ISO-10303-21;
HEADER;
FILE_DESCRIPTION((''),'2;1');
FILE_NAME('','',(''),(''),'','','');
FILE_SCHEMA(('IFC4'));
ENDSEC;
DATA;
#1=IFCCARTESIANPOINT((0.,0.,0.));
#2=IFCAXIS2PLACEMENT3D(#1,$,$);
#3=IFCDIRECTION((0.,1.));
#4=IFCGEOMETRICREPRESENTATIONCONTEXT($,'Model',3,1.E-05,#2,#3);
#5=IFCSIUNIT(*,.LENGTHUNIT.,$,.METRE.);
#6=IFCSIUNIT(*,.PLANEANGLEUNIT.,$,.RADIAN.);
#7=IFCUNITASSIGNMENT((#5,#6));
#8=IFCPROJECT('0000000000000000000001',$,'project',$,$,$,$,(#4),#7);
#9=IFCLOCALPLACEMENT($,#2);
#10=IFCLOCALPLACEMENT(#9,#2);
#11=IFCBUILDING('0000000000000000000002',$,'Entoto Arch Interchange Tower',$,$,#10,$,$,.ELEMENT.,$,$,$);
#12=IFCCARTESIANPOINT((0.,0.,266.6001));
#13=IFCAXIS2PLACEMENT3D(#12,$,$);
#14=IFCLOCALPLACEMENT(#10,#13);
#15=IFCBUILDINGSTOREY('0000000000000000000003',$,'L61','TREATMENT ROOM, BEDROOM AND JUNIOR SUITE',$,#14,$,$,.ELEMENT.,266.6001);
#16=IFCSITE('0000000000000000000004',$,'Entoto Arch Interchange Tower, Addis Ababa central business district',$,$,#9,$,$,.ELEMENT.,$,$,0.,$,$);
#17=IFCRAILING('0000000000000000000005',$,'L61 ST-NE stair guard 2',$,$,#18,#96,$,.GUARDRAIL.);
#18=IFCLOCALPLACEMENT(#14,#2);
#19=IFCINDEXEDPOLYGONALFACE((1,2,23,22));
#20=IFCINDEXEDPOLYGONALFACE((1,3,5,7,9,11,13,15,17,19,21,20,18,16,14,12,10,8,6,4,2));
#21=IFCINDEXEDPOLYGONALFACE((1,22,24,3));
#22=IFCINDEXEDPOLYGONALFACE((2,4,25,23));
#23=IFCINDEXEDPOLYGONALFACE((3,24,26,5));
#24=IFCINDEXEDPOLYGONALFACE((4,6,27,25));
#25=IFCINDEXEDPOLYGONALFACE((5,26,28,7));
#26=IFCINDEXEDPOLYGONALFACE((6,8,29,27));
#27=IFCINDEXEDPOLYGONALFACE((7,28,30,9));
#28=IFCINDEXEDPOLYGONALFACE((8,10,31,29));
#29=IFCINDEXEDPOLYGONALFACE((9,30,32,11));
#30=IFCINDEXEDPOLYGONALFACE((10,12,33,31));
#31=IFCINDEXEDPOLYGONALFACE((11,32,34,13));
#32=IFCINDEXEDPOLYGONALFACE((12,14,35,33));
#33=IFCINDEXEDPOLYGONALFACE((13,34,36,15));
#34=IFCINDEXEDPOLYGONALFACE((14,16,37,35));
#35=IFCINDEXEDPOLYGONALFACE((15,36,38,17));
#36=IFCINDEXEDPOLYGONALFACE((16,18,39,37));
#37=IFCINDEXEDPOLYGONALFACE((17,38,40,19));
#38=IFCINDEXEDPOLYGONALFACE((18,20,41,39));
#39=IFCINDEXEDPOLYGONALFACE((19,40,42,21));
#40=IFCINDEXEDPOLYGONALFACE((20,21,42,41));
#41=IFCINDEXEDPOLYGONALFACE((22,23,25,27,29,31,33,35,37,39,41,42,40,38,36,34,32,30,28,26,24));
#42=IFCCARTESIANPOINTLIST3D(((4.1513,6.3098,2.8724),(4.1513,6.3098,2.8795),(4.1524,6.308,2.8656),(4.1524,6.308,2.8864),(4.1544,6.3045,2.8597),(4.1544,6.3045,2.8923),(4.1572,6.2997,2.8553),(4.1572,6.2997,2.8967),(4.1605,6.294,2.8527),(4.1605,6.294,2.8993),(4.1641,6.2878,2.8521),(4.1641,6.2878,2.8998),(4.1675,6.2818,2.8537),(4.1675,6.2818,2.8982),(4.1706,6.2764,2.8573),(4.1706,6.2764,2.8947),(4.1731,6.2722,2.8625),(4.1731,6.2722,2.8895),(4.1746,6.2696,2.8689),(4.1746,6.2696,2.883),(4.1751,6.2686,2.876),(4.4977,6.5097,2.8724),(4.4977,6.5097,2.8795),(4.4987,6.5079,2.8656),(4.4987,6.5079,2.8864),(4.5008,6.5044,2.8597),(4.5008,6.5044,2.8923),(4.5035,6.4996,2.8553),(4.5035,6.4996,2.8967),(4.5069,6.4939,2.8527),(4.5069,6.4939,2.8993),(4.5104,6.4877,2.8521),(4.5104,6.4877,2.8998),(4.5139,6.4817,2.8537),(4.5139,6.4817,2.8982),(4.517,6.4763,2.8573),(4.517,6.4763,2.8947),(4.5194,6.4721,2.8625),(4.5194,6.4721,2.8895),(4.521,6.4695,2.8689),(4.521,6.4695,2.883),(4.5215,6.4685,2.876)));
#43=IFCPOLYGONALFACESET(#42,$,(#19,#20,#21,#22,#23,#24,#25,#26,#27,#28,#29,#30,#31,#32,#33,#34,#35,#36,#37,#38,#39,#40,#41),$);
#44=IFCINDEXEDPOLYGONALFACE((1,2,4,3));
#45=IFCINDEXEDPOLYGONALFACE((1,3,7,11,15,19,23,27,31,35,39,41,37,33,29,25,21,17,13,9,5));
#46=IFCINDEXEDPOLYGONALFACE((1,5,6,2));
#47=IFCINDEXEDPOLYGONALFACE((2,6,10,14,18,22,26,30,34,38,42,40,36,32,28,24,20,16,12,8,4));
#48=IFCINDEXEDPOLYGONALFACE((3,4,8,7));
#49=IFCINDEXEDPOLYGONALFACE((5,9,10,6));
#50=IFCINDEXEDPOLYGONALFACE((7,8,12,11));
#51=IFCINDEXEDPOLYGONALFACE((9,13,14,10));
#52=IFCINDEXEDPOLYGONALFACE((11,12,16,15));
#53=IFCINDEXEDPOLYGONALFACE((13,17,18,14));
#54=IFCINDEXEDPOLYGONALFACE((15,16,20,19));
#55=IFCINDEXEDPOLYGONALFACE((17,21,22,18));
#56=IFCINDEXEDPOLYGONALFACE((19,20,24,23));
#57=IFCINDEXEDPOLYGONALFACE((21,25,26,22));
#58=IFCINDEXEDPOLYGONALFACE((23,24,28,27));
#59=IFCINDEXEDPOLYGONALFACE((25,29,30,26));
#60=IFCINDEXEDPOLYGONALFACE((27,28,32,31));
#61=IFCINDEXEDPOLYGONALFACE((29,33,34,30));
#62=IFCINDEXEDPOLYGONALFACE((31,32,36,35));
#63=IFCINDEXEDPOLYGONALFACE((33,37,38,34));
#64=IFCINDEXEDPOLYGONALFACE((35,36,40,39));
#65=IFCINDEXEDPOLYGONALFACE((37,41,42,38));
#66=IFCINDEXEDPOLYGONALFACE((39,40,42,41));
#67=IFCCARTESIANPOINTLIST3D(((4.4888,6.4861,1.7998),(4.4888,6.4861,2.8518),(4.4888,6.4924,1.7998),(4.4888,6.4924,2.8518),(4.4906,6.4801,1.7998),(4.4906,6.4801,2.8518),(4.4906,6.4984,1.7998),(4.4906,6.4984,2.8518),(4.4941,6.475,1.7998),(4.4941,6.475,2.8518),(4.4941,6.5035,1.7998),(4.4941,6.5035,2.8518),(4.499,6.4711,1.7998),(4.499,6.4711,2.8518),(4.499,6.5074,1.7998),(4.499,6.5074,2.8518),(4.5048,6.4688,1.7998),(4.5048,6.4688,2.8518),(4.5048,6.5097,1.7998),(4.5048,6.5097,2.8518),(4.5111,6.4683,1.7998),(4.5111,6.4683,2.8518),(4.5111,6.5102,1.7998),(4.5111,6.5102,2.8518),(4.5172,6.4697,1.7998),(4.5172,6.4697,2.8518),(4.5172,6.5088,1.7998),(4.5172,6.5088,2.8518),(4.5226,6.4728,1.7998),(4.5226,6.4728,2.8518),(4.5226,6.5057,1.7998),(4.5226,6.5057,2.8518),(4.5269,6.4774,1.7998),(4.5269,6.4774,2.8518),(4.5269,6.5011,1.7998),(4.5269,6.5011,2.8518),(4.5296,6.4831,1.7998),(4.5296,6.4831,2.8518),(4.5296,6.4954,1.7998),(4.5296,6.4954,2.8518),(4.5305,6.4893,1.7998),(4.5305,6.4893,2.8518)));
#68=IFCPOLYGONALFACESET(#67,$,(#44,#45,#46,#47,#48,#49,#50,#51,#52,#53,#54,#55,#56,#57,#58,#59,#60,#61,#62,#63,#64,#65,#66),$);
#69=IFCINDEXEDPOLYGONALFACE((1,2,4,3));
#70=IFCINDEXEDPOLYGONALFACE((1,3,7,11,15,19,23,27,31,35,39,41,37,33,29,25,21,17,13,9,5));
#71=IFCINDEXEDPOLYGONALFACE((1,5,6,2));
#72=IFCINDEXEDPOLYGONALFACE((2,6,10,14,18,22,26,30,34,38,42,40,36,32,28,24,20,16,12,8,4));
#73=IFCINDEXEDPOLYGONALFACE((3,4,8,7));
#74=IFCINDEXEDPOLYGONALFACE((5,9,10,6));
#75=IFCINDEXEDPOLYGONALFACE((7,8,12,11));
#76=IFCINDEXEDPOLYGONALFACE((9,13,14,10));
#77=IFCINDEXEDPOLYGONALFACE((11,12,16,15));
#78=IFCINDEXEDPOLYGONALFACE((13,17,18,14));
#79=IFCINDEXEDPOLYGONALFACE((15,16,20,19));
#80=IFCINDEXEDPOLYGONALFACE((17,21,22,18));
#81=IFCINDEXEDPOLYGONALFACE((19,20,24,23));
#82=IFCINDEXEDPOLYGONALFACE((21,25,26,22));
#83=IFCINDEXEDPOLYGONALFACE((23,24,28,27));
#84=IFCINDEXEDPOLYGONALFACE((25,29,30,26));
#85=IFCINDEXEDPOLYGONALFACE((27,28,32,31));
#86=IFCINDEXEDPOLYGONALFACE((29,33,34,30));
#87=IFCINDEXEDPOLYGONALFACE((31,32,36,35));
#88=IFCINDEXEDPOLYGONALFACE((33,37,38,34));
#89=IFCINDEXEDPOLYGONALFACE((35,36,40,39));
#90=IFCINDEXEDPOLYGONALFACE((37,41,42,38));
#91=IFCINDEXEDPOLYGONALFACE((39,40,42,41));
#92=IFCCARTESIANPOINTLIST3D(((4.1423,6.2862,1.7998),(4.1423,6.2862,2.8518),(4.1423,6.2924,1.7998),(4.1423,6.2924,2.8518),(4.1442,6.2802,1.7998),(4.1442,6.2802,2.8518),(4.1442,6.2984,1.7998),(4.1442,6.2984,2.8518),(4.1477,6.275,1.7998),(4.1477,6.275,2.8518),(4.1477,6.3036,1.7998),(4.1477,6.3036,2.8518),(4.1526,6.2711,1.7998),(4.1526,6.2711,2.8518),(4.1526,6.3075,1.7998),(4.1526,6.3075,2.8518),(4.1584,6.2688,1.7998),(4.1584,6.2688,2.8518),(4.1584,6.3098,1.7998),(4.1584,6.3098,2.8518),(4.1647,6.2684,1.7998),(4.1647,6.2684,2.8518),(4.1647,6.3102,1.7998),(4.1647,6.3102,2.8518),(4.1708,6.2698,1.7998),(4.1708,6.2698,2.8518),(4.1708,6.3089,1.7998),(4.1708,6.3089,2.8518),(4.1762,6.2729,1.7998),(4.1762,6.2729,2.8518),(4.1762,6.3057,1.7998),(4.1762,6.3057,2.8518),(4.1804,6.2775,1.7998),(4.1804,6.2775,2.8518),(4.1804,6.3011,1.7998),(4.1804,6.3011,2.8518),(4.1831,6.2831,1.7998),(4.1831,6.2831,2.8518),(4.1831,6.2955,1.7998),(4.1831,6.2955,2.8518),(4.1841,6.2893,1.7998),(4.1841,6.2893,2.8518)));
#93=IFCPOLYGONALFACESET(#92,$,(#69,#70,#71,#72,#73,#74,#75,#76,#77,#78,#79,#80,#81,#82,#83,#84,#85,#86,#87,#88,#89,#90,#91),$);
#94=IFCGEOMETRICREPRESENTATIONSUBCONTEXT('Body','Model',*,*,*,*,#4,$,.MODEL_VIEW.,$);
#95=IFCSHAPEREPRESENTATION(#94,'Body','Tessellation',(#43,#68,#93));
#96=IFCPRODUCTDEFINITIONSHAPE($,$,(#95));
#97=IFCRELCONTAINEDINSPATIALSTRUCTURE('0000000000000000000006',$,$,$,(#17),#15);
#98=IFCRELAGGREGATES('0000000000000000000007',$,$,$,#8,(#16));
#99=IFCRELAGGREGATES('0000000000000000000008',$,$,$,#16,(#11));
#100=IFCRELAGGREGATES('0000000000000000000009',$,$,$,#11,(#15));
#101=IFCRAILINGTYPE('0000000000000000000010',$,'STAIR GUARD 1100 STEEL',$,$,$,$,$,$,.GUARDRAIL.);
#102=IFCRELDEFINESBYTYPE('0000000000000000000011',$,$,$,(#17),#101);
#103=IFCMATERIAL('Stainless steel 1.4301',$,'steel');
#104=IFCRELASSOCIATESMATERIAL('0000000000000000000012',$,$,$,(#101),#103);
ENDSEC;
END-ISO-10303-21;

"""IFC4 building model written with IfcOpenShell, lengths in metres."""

from ifc_helpers import new_model, si_unit, direction, frame, origin, origin_2d, place, context, subcontext, project, spatial, circle, extrude, material, type_object, element, save


model = new_model("IFC4")

# Units and contexts
model_context = context("Model", 3, precision=1e-05, world=origin(), true_north=direction((0.0, 1.0)))
body_context = subcontext(model_context, "Body", "Model", "MODEL_VIEW")
ifc_project = project(units=[si_unit("LENGTHUNIT", "METRE"), si_unit("PLANEANGLEUNIT", "RADIAN")], contexts=[model_context])

# Site, building, storey
site_placement = place(None, origin())
site = spatial("IfcSite", under=ifc_project, at=site_placement, Name="Entoto Arch Interchange Tower, Addis Ababa central business district", CompositionType="ELEMENT", RefElevation=0.0)
building_placement = place(site_placement, origin())
building = spatial("IfcBuilding", under=site, at=building_placement, Name="Entoto Arch Interchange Tower", CompositionType="ELEMENT")
storey_placement = place(building_placement, frame((0.0, 0.0, 266.6001)))
storey = spatial("IfcBuildingStorey", under=building, at=storey_placement, Name="L61", Description="TREATMENT ROOM, BEDROOM AND JUNIOR SUITE", CompositionType="ELEMENT", Elevation=266.6001)

# Railing
ifc_material_1 = material(Name="Stainless steel 1.4301", Category="steel")
railing_type_1 = type_object("IfcRailingType", Name="STAIR GUARD 1100 STEEL", PredefinedType="GUARDRAIL", material=ifc_material_1)
railing_1_placement = place(storey_placement, frame((4.5095, 6.4893, 1.7998)))
element("IfcRailing", 1, at=railing_1_placement, inside=storey, type_object=railing_type_1, Name="L61 ST-NE stair guard 2", PredefinedType="GUARDRAIL", context=body_context, shape_type="SweptSolid", body=[
    extrude(circle(Radius=0.0239, at=origin_2d()), frame((0.0, 0.0, 1.0762), z_axis=(-0.866094, -0.499881, 0.0), x_axis=(0.499881, -0.866094, 0.0)), (0.0, 0.0, 1.0), 0.3999),
    extrude(circle(Radius=0.021, at=origin_2d()), origin(), (0.0, 0.0, 1.0), 1.052),
    extrude(circle(Radius=0.021, at=origin_2d()), frame((-0.3464, -0.2, 0.0)), (0.0, 0.0, 1.0), 1.052),
])

save(model, "model.ifc")
